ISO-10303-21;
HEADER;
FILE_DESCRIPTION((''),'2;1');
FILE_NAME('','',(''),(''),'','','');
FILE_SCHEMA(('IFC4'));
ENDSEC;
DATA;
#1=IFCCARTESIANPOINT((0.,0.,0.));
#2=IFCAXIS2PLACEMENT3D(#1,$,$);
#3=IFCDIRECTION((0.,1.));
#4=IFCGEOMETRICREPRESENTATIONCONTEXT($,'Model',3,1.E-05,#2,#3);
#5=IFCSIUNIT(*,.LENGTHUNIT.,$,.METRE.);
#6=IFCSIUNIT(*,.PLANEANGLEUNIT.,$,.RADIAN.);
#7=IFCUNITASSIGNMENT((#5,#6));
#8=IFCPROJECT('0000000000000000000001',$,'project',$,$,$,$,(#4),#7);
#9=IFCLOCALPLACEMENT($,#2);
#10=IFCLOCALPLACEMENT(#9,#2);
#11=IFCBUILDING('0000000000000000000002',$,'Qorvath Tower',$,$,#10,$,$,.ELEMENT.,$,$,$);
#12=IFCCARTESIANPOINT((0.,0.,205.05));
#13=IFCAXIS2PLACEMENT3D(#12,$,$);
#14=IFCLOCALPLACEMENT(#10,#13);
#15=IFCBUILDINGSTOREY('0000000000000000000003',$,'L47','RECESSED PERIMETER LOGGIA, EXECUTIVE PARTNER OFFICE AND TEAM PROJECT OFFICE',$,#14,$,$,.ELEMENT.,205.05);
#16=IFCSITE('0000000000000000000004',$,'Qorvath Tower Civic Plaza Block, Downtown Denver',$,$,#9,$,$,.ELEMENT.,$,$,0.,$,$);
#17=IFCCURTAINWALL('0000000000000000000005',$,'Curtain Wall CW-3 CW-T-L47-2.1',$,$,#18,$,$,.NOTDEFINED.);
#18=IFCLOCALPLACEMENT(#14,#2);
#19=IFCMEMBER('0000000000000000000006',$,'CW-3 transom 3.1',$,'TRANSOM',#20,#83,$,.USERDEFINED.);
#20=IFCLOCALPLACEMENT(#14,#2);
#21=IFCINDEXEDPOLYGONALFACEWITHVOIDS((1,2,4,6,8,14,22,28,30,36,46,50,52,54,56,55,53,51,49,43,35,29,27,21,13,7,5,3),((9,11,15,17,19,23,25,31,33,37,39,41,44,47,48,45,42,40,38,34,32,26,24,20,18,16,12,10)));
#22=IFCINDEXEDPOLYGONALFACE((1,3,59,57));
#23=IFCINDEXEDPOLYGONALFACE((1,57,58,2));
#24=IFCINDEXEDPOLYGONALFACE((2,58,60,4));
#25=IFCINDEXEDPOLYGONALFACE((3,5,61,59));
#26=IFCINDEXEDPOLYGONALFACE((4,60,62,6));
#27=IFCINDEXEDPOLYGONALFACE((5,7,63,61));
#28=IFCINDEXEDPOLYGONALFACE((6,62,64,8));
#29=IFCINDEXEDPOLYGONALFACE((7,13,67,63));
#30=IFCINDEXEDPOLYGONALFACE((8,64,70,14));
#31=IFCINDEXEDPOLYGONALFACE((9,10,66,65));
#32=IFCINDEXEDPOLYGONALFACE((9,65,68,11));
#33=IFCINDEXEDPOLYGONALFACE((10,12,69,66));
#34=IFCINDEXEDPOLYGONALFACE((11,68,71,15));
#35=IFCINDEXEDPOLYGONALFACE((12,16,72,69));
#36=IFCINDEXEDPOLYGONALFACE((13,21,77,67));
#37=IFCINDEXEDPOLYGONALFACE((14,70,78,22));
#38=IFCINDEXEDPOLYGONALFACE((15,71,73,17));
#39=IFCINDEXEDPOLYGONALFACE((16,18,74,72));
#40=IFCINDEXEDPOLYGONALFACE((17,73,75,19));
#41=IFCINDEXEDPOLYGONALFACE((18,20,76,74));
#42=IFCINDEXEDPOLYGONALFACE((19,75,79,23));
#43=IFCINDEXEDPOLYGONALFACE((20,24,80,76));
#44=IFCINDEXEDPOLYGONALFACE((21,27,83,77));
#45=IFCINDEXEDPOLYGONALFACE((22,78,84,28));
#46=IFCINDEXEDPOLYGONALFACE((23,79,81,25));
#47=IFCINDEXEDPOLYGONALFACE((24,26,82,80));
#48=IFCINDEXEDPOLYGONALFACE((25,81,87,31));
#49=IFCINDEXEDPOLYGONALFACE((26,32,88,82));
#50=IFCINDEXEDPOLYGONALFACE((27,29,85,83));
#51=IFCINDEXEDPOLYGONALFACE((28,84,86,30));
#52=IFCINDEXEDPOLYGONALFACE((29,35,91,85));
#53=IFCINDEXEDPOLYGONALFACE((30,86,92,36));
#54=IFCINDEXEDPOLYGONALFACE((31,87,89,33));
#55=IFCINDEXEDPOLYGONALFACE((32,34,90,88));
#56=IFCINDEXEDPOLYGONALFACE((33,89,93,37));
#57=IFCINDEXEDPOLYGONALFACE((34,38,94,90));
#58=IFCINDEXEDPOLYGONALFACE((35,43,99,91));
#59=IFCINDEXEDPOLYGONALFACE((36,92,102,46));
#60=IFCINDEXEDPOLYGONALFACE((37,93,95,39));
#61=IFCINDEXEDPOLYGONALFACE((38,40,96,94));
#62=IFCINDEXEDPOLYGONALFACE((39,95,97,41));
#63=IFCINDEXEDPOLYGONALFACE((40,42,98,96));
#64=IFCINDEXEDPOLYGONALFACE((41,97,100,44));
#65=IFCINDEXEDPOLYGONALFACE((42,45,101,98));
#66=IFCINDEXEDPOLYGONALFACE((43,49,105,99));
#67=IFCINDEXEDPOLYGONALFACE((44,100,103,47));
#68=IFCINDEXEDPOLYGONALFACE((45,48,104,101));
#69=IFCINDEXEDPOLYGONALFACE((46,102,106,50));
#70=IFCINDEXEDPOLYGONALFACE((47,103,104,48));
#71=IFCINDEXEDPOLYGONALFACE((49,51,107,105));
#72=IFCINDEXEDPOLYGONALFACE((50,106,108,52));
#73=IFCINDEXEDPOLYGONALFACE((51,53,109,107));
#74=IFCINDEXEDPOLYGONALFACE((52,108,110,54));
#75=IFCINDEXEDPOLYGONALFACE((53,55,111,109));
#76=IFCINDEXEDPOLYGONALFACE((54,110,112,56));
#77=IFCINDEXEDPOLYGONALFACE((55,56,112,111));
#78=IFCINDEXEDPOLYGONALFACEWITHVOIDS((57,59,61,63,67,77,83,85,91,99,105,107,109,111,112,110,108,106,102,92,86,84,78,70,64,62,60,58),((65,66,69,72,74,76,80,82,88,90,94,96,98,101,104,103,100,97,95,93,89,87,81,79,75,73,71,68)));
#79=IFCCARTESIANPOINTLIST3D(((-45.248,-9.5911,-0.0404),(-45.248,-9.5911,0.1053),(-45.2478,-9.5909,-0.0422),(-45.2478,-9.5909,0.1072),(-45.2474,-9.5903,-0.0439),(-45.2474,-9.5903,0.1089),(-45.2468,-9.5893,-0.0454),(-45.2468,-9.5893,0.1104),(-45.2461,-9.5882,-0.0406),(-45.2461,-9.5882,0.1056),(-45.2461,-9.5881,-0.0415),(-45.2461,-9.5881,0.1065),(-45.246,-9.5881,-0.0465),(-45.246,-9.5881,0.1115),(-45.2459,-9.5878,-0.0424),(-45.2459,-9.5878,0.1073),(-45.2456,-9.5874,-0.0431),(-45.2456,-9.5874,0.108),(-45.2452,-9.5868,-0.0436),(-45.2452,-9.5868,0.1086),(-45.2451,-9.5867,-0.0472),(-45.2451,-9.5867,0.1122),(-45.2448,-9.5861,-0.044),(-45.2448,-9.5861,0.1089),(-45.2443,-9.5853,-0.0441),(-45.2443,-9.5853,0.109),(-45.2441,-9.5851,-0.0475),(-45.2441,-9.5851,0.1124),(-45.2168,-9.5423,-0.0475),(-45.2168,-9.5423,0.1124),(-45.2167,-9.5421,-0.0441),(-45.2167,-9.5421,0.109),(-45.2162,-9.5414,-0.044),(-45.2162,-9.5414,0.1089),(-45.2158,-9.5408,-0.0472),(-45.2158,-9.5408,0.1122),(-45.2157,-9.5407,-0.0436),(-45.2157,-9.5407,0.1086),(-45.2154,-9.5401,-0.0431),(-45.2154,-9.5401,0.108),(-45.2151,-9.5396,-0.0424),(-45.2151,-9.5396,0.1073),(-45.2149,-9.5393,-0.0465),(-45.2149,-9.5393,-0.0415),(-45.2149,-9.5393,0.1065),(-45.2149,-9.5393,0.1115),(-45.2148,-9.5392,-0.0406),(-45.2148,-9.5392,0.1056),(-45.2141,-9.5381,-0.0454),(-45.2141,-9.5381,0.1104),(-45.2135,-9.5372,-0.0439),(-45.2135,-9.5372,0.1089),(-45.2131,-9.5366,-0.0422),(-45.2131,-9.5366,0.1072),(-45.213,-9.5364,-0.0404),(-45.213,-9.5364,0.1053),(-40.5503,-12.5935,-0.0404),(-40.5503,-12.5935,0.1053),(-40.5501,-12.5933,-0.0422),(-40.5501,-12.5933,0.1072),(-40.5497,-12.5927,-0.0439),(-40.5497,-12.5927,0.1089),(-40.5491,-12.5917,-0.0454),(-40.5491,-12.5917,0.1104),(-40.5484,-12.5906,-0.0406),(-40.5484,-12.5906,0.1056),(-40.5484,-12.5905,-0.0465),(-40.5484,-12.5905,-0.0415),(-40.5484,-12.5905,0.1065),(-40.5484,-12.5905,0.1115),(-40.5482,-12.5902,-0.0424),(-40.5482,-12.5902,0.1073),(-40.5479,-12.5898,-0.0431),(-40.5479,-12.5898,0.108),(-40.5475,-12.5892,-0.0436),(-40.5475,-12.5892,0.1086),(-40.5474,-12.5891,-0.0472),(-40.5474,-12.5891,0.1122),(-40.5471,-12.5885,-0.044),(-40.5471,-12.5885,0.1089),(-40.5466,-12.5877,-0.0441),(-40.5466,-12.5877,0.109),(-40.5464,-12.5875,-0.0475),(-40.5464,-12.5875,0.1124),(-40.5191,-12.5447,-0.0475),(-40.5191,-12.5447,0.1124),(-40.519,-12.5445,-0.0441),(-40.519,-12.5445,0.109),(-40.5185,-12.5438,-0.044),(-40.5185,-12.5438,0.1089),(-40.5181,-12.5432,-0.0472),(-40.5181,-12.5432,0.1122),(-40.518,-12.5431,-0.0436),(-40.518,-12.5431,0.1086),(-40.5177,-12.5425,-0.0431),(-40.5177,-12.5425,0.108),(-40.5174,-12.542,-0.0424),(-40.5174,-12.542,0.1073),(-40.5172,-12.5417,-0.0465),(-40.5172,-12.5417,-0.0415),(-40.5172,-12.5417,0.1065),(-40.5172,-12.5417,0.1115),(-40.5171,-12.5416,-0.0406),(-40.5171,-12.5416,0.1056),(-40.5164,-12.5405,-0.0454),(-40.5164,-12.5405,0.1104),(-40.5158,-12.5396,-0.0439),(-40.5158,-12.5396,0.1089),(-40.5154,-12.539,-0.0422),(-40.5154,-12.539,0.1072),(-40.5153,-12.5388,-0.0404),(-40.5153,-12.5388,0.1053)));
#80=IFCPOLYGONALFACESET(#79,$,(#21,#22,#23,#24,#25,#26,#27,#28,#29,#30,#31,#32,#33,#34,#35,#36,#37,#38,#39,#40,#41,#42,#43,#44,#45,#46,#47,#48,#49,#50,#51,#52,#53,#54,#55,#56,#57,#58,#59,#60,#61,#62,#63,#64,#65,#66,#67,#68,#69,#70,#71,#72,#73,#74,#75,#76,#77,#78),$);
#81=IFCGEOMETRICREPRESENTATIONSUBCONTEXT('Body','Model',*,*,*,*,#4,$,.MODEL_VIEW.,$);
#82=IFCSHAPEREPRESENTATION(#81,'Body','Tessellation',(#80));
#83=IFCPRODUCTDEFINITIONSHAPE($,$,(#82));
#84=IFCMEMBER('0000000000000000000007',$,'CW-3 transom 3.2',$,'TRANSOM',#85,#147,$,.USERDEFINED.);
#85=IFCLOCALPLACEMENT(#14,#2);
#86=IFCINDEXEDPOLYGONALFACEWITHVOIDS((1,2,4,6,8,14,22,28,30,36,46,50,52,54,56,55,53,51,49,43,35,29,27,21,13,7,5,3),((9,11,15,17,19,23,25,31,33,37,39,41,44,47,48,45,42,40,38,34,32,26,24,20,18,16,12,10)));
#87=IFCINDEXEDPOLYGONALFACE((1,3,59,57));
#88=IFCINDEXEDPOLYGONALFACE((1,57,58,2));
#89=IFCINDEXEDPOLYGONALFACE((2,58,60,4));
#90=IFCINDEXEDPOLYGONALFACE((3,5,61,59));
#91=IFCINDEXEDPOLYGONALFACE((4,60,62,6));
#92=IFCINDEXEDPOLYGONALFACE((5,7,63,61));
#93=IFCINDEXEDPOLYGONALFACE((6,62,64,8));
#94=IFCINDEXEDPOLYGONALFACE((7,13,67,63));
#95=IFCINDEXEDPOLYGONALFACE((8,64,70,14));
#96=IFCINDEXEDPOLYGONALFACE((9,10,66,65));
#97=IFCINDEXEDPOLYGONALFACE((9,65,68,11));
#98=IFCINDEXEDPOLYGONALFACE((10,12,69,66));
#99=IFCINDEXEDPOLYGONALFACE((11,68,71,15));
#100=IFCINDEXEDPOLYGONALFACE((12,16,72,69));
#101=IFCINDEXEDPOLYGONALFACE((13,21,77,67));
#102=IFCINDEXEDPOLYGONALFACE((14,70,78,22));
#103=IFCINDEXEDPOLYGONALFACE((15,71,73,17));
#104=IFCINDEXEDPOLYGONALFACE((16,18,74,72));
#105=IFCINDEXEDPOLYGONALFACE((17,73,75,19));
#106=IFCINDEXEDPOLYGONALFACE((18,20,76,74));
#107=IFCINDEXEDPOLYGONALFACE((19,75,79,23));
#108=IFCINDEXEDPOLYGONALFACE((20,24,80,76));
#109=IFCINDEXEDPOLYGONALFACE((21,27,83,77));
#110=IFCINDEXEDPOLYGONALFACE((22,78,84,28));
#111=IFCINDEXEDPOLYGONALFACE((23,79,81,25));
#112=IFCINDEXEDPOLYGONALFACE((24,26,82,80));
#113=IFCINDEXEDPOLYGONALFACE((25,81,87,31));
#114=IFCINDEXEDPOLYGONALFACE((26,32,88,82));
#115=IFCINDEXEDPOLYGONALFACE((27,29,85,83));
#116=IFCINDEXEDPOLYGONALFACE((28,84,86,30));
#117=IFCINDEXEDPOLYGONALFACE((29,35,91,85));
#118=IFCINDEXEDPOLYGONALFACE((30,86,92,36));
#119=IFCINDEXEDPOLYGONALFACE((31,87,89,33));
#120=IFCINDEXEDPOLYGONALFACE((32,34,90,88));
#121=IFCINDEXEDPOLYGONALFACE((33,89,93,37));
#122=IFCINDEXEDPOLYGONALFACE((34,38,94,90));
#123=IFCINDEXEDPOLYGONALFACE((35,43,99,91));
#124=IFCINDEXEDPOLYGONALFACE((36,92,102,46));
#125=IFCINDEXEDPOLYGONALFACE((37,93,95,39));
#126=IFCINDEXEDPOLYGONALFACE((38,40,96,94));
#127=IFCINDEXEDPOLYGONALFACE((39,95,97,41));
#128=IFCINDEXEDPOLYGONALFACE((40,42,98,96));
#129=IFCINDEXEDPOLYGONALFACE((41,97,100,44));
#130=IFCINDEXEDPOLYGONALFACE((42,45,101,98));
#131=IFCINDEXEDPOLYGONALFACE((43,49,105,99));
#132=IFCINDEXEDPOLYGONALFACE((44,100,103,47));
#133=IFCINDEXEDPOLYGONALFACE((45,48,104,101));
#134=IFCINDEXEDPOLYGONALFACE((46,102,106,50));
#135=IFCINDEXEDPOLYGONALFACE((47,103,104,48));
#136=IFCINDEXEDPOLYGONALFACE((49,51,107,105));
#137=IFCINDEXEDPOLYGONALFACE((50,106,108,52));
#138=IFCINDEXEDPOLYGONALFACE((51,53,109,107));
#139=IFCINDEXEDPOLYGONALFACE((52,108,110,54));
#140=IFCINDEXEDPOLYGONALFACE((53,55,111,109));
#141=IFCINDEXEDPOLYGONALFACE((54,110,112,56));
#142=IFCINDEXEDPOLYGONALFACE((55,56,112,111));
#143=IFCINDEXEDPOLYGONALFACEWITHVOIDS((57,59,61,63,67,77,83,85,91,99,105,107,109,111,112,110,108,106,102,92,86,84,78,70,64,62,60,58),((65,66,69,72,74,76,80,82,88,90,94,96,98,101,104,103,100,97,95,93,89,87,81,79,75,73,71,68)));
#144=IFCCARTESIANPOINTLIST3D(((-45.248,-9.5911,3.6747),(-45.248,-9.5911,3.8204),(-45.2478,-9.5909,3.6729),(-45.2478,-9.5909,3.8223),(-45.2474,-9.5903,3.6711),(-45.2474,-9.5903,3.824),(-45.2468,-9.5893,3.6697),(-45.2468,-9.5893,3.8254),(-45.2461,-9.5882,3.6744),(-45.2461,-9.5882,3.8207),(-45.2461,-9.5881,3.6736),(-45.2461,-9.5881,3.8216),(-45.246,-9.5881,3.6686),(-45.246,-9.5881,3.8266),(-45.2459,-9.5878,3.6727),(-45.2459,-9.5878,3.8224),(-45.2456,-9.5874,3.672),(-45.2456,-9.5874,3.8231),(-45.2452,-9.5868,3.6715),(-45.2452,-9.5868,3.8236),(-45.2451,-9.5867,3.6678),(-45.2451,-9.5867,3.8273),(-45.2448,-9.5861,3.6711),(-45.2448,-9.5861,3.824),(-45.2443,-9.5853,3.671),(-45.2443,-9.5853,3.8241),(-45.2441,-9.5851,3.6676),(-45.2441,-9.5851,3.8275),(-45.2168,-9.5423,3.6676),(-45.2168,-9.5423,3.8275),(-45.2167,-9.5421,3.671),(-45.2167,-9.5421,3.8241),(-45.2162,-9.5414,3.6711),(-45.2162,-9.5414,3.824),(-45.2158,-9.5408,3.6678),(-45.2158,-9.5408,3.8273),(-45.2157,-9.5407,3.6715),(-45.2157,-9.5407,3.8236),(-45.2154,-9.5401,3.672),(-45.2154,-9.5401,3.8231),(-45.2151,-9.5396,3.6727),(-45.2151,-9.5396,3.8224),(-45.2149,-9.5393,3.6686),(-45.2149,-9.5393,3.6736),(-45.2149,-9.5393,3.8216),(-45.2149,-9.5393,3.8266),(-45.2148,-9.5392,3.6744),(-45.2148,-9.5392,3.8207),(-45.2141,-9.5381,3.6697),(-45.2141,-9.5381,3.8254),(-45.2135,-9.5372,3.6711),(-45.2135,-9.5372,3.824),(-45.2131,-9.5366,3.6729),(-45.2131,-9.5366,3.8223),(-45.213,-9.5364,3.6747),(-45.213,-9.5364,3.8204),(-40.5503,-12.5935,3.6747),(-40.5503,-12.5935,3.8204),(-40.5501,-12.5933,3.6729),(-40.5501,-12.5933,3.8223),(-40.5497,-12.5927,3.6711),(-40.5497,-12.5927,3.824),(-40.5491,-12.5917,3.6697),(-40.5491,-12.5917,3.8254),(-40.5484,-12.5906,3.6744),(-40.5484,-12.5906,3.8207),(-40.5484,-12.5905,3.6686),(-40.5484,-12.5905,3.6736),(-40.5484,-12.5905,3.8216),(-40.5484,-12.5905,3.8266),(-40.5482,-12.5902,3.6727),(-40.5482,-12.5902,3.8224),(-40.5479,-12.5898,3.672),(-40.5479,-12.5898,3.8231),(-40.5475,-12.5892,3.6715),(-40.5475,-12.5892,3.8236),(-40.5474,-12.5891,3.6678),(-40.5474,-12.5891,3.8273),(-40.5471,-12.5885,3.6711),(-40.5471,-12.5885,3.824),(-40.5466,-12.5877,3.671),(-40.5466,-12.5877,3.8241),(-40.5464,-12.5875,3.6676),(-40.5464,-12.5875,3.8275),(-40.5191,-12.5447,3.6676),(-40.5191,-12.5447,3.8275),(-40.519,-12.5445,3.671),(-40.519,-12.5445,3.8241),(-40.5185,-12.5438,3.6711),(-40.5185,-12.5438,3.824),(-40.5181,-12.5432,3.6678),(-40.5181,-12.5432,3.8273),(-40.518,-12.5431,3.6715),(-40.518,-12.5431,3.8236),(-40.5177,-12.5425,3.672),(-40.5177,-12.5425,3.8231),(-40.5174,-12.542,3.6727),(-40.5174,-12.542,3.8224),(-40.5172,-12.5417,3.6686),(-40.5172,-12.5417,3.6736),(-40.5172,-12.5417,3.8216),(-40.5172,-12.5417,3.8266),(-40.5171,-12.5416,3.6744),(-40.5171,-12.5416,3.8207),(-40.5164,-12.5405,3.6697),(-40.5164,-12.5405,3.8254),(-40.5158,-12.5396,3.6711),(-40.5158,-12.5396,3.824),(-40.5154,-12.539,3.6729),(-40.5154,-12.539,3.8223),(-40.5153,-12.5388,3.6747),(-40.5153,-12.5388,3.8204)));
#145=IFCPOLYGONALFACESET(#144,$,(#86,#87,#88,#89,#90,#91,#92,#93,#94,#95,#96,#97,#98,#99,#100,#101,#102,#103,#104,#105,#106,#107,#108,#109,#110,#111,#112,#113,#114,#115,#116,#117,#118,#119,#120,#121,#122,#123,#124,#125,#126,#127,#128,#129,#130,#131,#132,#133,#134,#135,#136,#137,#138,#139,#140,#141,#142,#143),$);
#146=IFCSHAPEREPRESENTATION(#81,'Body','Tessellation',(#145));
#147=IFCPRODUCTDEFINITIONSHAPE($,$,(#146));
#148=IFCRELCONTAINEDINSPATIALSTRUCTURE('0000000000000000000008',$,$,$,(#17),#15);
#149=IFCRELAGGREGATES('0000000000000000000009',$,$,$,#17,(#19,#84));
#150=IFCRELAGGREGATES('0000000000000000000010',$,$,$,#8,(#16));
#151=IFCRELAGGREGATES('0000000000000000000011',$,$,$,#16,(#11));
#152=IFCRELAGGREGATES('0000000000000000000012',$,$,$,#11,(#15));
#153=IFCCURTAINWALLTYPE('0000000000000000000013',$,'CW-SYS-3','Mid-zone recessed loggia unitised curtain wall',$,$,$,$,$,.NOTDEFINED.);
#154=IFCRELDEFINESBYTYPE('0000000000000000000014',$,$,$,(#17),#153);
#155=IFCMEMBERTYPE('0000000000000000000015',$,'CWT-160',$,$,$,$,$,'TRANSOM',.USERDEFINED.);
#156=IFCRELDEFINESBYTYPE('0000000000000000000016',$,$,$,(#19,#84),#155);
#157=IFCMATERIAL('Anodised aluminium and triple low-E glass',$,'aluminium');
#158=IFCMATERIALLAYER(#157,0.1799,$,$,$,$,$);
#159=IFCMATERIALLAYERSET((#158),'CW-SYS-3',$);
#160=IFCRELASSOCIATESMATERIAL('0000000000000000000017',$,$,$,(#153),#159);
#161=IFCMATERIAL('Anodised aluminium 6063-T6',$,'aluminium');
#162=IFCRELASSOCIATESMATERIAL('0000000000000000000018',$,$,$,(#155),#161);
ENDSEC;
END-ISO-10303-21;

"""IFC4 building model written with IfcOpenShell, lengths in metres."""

from ifc_helpers import new_model, si_unit, direction, frame, origin, origin_2d, place, context, subcontext, project, spatial, hollow_rectangle, extrude, material, layer, layer_set, material_profile, profile_set, type_object, element, aggregate, save


model = new_model("IFC4")

# Units and contexts
model_context = context("Model", 3, precision=1e-05, world=origin(), true_north=direction((0.0, 1.0)))
body_context = subcontext(model_context, "Body", "Model", "MODEL_VIEW")
ifc_project = project(units=[si_unit("LENGTHUNIT", "METRE"), si_unit("PLANEANGLEUNIT", "RADIAN")], contexts=[model_context])

# Site, building, storey
site_placement = place(None, origin())
site = spatial("IfcSite", under=ifc_project, at=site_placement, Name="Qorvath Tower Civic Plaza Block, Downtown Denver", CompositionType="ELEMENT", RefElevation=0.0)
building_placement = place(site_placement, origin())
building = spatial("IfcBuilding", under=site, at=building_placement, Name="Qorvath Tower", CompositionType="ELEMENT")
storey_placement = place(building_placement, frame((0.0, 0.0, 205.05)))
storey = spatial("IfcBuildingStorey", under=building, at=storey_placement, Name="L47", Description="RECESSED PERIMETER LOGGIA, EXECUTIVE PARTNER OFFICE AND TEAM PROJECT OFFICE", CompositionType="ELEMENT", Elevation=205.05)

# Curtain wall, members
ifc_material_1 = material(Name="Anodised aluminium and triple low-E glass", Category="aluminium")
ifc_layer_1 = layer(ifc_material_1, 0.1799)
ifc_layer_set_1 = layer_set([ifc_layer_1], Name="CW-SYS-3")
curtain_wall_type = type_object("IfcCurtainWallType", Name="CW-SYS-3", Description="Mid-zone recessed loggia unitised curtain wall", PredefinedType="NOTDEFINED", material=ifc_layer_set_1)
curtain_wall_placement = place(storey_placement, origin())
curtain_wall = element("IfcCurtainWall", 1, at=curtain_wall_placement, inside=storey, type_object=curtain_wall_type, Name="Curtain Wall CW-3 CW-T-L47-2.1", PredefinedType="NOTDEFINED")
ifc_material_2 = material(Name="Anodised aluminium 6063-T6", Category="aluminium")
ifc_material_profile_1 = material_profile(ifc_material_2, hollow_rectangle(XDim=0.0649, YDim=0.1599, WallThickness=0.0034, InnerFilletRadius=0.0034, OuterFilletRadius=0.0071, at=origin_2d()), Name="CWT 160x65")
ifc_profile_set_1 = profile_set([ifc_material_profile_1], Name="Anodised aluminium 6063-T6")
member_type_1 = type_object("IfcMemberType", Name="CWT-160", ElementType="TRANSOM", PredefinedType="USERDEFINED", material=ifc_profile_set_1)
member_1_placement = place(storey_placement, frame((-45.2305, -9.5637, 0.0325), z_axis=(0.842607, -0.538529, 0.0), x_axis=(0.538529, 0.842607, 0.0)))
member_1 = element("IfcMember", 2, at=member_1_placement, type_object=member_type_1, Name="CW-3 transom 3.1", ObjectType="TRANSOM", PredefinedType="USERDEFINED", context=body_context, shape_type="SweptSolid", body=[
    extrude(hollow_rectangle(XDim=0.0649, YDim=0.1599, WallThickness=0.0034, InnerFilletRadius=0.0034, OuterFilletRadius=0.0071, at=origin_2d()), origin(), (0.0, 0.0, 1.0), 5.5752),
])
member_2_placement = place(storey_placement, frame((-45.2305, -9.5637, 3.7476), z_axis=(0.842607, -0.538529, 0.0), x_axis=(0.538529, 0.842607, 0.0)))
member_2 = element("IfcMember", 3, at=member_2_placement, type_object=member_type_1, Name="CW-3 transom 3.2", ObjectType="TRANSOM", PredefinedType="USERDEFINED", context=body_context, shape_type="SweptSolid", body=[
    extrude(hollow_rectangle(XDim=0.0649, YDim=0.1599, WallThickness=0.0034, InnerFilletRadius=0.0034, OuterFilletRadius=0.0071, at=origin_2d()), origin(), (0.0, 0.0, 1.0), 5.5752),
])
aggregate(curtain_wall, [member_1, member_2])

save(model, "model.ifc")
